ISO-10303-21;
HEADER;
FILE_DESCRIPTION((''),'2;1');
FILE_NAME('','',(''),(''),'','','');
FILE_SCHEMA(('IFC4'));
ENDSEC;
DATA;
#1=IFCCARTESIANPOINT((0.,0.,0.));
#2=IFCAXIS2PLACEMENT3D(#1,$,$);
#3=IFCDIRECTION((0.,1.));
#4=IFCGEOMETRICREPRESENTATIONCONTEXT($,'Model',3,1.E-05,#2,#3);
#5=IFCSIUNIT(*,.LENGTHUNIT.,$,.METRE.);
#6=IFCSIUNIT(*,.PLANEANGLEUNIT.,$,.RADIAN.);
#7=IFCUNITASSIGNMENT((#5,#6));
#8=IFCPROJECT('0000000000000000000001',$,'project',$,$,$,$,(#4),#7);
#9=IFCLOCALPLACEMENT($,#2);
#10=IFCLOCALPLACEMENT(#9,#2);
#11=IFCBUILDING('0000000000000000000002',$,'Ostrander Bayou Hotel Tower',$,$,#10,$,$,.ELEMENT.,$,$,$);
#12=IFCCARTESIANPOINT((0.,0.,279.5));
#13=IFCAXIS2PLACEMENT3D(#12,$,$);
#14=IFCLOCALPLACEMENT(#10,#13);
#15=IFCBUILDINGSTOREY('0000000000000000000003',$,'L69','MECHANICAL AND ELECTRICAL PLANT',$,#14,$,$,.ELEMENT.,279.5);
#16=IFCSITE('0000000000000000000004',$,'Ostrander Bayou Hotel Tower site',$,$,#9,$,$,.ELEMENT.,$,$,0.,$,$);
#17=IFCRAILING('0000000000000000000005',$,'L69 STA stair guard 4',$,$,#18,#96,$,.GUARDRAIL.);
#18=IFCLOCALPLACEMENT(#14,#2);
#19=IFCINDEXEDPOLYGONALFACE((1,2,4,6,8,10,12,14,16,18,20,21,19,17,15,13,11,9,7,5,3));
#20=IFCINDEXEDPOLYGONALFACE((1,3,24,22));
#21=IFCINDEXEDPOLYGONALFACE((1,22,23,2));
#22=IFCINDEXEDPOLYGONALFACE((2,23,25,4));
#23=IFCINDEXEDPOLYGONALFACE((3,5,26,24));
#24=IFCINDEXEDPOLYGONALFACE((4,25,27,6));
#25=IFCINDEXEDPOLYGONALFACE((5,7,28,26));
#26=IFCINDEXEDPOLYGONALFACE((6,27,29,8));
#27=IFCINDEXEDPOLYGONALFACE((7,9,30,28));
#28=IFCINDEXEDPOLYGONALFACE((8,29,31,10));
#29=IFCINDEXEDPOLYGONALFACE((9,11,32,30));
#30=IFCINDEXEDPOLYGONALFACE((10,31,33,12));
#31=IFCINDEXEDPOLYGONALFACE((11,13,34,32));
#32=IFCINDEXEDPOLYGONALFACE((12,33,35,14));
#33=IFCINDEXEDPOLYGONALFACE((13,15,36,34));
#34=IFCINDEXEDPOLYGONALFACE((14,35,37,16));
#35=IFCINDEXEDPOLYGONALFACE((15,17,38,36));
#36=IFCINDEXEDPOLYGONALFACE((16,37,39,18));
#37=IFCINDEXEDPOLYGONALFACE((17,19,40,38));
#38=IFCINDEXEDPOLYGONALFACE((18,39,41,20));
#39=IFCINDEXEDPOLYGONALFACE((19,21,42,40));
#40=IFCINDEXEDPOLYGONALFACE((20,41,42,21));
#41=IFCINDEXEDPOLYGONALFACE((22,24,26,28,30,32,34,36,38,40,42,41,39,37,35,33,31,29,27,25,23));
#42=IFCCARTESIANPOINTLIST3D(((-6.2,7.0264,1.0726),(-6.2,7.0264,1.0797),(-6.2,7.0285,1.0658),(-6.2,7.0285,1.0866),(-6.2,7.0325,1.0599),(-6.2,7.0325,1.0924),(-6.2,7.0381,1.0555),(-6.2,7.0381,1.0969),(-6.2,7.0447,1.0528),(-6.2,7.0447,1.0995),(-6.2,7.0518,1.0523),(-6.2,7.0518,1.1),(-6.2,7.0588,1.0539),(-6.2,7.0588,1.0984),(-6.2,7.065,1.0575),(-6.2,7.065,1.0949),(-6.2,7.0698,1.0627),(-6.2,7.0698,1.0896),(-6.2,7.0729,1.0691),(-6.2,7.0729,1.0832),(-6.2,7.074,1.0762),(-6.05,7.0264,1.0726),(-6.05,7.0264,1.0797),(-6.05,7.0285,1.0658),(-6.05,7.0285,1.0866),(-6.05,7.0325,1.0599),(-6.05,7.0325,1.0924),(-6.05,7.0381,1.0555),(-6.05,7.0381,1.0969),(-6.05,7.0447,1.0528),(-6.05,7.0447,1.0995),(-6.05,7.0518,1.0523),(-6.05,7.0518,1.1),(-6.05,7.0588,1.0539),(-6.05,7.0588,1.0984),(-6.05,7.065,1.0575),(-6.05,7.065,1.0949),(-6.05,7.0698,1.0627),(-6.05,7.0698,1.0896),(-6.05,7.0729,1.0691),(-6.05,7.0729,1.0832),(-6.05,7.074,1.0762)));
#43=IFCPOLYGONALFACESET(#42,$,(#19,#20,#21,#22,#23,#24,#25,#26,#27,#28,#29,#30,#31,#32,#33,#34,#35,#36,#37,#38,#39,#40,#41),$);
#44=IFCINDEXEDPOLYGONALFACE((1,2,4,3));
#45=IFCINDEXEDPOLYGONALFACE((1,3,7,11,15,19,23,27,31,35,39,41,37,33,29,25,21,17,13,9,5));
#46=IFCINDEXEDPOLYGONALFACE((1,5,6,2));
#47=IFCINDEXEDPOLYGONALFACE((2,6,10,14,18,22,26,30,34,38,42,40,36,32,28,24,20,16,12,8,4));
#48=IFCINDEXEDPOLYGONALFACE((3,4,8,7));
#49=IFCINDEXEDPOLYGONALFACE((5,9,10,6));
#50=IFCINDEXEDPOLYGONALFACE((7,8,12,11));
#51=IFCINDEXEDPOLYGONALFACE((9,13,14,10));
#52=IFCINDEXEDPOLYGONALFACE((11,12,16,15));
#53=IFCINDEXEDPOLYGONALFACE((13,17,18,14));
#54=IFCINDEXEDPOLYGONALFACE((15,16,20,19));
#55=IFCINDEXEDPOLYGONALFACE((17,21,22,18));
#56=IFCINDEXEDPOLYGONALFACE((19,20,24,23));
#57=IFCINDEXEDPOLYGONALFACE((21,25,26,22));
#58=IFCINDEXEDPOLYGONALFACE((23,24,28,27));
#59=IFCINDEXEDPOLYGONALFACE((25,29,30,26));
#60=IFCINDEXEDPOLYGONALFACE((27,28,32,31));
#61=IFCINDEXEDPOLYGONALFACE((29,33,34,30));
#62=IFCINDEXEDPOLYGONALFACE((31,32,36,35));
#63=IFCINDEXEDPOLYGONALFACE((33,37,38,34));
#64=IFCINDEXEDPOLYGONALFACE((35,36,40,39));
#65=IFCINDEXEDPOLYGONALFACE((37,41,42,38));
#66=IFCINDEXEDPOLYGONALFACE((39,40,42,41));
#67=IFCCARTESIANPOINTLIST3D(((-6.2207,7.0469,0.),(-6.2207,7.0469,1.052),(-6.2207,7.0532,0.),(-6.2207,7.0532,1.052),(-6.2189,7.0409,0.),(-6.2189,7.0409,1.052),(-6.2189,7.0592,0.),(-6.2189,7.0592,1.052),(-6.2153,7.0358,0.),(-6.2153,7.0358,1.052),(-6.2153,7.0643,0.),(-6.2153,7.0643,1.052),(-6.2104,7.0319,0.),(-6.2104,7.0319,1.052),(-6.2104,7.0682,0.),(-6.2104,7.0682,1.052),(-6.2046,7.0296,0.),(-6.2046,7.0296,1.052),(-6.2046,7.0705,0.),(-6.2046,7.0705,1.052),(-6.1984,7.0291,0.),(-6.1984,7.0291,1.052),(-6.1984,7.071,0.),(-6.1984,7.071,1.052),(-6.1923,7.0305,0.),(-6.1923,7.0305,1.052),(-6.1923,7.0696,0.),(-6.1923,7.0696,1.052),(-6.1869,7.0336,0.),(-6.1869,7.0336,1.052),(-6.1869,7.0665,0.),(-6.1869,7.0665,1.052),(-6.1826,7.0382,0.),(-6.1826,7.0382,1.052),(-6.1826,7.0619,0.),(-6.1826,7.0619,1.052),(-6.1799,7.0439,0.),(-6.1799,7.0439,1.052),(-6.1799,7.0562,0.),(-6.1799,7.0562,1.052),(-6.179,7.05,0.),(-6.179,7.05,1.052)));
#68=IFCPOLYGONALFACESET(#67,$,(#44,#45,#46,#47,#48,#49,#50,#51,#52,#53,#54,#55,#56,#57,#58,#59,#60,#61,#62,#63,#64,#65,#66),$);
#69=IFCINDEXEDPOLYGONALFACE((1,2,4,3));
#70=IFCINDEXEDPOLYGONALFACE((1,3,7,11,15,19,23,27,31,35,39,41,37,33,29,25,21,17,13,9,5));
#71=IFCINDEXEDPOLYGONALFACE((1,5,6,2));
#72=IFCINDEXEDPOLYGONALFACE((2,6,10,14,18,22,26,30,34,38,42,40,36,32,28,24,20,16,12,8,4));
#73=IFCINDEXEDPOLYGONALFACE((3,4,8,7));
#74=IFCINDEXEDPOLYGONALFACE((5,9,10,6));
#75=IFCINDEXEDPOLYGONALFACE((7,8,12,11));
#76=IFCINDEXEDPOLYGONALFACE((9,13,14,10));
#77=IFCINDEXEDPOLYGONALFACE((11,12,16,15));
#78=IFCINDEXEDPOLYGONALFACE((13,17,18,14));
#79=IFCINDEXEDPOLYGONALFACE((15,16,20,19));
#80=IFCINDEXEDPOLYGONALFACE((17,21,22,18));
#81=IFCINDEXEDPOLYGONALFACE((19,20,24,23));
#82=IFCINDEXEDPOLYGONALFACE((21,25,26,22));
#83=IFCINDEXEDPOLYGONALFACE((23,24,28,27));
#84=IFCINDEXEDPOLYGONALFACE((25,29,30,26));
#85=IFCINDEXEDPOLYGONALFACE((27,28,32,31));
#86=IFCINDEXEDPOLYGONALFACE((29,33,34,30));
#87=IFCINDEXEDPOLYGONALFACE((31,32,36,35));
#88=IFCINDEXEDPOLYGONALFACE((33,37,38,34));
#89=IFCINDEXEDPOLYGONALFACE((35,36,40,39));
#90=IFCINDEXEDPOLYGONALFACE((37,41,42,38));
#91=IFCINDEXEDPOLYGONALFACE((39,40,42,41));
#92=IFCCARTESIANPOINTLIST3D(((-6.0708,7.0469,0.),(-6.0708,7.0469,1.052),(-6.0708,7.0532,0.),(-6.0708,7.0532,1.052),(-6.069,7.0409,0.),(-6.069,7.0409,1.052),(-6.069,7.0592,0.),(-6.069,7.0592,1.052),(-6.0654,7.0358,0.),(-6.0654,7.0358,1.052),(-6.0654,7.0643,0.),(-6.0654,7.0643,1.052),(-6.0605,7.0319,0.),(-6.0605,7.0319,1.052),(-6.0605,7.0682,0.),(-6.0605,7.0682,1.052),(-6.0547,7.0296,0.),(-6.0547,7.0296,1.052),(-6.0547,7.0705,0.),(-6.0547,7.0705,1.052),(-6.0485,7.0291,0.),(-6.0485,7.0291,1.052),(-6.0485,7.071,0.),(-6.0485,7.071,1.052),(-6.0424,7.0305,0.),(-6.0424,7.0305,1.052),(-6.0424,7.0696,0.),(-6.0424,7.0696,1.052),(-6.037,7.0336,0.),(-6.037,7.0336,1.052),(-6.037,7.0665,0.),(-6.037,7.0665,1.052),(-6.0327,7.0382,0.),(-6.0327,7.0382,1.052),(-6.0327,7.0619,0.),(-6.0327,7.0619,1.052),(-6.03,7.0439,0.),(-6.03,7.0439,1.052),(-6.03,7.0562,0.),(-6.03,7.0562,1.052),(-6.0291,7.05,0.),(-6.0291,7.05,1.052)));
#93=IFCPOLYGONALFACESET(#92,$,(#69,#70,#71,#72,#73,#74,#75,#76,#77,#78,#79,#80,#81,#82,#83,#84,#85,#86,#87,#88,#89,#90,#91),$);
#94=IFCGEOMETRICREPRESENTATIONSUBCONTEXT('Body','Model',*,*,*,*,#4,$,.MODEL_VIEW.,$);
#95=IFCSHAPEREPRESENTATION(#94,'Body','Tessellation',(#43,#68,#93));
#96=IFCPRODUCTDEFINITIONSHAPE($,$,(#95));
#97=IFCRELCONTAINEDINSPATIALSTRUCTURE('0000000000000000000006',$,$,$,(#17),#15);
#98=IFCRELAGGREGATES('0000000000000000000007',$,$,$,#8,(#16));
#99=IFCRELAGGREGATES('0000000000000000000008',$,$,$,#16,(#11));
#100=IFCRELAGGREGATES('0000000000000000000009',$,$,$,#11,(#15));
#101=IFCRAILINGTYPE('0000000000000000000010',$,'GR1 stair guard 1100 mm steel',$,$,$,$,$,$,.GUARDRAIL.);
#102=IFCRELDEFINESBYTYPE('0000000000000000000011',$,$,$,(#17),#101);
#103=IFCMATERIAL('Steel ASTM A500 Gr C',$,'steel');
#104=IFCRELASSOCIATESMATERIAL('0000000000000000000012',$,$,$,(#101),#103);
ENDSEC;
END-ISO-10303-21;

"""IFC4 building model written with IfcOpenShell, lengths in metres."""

from ifc_helpers import new_model, si_unit, direction, frame, origin, origin_2d, place, context, subcontext, project, spatial, circle, extrude, material, type_object, element, save


model = new_model("IFC4")

# Units and contexts
model_context = context("Model", 3, precision=1e-05, world=origin(), true_north=direction((0.0, 1.0)))
body_context = subcontext(model_context, "Body", "Model", "MODEL_VIEW")
ifc_project = project(units=[si_unit("LENGTHUNIT", "METRE"), si_unit("PLANEANGLEUNIT", "RADIAN")], contexts=[model_context])

# Site, building, storey
site_placement = place(None, origin())
site = spatial("IfcSite", under=ifc_project, at=site_placement, Name="Ostrander Bayou Hotel Tower site", CompositionType="ELEMENT", RefElevation=0.0)
building_placement = place(site_placement, origin())
building = spatial("IfcBuilding", under=site, at=building_placement, Name="Ostrander Bayou Hotel Tower", CompositionType="ELEMENT")
storey_placement = place(building_placement, frame((0.0, 0.0, 279.5)))
storey = spatial("IfcBuildingStorey", under=building, at=storey_placement, Name="L69", Description="MECHANICAL AND ELECTRICAL PLANT", CompositionType="ELEMENT", Elevation=279.5)

# Railing
ifc_material_1 = material(Name="Steel ASTM A500 Gr C", Category="steel")
railing_type_1 = type_object("IfcRailingType", Name="GR1 stair guard 1100 mm steel", PredefinedType="GUARDRAIL", material=ifc_material_1)
railing_1_placement = place(storey_placement, frame((-6.2, 7.05, 0.0)))
element("IfcRailing", 1, at=railing_1_placement, inside=storey, type_object=railing_type_1, Name="L69 STA stair guard 4", PredefinedType="GUARDRAIL", context=body_context, shape_type="SweptSolid", body=[
    extrude(circle(Radius=0.0239, at=origin_2d()), frame((0.0, 0.0, 1.0762), z_axis=(1.0, 0.0, 0.0), x_axis=(0.0, 1.0, 0.0)), (0.0, 0.0, 1.0), 0.1499),
    extrude(circle(Radius=0.021, at=origin_2d()), origin(), (0.0, 0.0, 1.0), 1.052),
    extrude(circle(Radius=0.021, at=origin_2d()), frame((0.1499, 0.0, 0.0)), (0.0, 0.0, 1.0), 1.052),
])

save(model, "model.ifc")
